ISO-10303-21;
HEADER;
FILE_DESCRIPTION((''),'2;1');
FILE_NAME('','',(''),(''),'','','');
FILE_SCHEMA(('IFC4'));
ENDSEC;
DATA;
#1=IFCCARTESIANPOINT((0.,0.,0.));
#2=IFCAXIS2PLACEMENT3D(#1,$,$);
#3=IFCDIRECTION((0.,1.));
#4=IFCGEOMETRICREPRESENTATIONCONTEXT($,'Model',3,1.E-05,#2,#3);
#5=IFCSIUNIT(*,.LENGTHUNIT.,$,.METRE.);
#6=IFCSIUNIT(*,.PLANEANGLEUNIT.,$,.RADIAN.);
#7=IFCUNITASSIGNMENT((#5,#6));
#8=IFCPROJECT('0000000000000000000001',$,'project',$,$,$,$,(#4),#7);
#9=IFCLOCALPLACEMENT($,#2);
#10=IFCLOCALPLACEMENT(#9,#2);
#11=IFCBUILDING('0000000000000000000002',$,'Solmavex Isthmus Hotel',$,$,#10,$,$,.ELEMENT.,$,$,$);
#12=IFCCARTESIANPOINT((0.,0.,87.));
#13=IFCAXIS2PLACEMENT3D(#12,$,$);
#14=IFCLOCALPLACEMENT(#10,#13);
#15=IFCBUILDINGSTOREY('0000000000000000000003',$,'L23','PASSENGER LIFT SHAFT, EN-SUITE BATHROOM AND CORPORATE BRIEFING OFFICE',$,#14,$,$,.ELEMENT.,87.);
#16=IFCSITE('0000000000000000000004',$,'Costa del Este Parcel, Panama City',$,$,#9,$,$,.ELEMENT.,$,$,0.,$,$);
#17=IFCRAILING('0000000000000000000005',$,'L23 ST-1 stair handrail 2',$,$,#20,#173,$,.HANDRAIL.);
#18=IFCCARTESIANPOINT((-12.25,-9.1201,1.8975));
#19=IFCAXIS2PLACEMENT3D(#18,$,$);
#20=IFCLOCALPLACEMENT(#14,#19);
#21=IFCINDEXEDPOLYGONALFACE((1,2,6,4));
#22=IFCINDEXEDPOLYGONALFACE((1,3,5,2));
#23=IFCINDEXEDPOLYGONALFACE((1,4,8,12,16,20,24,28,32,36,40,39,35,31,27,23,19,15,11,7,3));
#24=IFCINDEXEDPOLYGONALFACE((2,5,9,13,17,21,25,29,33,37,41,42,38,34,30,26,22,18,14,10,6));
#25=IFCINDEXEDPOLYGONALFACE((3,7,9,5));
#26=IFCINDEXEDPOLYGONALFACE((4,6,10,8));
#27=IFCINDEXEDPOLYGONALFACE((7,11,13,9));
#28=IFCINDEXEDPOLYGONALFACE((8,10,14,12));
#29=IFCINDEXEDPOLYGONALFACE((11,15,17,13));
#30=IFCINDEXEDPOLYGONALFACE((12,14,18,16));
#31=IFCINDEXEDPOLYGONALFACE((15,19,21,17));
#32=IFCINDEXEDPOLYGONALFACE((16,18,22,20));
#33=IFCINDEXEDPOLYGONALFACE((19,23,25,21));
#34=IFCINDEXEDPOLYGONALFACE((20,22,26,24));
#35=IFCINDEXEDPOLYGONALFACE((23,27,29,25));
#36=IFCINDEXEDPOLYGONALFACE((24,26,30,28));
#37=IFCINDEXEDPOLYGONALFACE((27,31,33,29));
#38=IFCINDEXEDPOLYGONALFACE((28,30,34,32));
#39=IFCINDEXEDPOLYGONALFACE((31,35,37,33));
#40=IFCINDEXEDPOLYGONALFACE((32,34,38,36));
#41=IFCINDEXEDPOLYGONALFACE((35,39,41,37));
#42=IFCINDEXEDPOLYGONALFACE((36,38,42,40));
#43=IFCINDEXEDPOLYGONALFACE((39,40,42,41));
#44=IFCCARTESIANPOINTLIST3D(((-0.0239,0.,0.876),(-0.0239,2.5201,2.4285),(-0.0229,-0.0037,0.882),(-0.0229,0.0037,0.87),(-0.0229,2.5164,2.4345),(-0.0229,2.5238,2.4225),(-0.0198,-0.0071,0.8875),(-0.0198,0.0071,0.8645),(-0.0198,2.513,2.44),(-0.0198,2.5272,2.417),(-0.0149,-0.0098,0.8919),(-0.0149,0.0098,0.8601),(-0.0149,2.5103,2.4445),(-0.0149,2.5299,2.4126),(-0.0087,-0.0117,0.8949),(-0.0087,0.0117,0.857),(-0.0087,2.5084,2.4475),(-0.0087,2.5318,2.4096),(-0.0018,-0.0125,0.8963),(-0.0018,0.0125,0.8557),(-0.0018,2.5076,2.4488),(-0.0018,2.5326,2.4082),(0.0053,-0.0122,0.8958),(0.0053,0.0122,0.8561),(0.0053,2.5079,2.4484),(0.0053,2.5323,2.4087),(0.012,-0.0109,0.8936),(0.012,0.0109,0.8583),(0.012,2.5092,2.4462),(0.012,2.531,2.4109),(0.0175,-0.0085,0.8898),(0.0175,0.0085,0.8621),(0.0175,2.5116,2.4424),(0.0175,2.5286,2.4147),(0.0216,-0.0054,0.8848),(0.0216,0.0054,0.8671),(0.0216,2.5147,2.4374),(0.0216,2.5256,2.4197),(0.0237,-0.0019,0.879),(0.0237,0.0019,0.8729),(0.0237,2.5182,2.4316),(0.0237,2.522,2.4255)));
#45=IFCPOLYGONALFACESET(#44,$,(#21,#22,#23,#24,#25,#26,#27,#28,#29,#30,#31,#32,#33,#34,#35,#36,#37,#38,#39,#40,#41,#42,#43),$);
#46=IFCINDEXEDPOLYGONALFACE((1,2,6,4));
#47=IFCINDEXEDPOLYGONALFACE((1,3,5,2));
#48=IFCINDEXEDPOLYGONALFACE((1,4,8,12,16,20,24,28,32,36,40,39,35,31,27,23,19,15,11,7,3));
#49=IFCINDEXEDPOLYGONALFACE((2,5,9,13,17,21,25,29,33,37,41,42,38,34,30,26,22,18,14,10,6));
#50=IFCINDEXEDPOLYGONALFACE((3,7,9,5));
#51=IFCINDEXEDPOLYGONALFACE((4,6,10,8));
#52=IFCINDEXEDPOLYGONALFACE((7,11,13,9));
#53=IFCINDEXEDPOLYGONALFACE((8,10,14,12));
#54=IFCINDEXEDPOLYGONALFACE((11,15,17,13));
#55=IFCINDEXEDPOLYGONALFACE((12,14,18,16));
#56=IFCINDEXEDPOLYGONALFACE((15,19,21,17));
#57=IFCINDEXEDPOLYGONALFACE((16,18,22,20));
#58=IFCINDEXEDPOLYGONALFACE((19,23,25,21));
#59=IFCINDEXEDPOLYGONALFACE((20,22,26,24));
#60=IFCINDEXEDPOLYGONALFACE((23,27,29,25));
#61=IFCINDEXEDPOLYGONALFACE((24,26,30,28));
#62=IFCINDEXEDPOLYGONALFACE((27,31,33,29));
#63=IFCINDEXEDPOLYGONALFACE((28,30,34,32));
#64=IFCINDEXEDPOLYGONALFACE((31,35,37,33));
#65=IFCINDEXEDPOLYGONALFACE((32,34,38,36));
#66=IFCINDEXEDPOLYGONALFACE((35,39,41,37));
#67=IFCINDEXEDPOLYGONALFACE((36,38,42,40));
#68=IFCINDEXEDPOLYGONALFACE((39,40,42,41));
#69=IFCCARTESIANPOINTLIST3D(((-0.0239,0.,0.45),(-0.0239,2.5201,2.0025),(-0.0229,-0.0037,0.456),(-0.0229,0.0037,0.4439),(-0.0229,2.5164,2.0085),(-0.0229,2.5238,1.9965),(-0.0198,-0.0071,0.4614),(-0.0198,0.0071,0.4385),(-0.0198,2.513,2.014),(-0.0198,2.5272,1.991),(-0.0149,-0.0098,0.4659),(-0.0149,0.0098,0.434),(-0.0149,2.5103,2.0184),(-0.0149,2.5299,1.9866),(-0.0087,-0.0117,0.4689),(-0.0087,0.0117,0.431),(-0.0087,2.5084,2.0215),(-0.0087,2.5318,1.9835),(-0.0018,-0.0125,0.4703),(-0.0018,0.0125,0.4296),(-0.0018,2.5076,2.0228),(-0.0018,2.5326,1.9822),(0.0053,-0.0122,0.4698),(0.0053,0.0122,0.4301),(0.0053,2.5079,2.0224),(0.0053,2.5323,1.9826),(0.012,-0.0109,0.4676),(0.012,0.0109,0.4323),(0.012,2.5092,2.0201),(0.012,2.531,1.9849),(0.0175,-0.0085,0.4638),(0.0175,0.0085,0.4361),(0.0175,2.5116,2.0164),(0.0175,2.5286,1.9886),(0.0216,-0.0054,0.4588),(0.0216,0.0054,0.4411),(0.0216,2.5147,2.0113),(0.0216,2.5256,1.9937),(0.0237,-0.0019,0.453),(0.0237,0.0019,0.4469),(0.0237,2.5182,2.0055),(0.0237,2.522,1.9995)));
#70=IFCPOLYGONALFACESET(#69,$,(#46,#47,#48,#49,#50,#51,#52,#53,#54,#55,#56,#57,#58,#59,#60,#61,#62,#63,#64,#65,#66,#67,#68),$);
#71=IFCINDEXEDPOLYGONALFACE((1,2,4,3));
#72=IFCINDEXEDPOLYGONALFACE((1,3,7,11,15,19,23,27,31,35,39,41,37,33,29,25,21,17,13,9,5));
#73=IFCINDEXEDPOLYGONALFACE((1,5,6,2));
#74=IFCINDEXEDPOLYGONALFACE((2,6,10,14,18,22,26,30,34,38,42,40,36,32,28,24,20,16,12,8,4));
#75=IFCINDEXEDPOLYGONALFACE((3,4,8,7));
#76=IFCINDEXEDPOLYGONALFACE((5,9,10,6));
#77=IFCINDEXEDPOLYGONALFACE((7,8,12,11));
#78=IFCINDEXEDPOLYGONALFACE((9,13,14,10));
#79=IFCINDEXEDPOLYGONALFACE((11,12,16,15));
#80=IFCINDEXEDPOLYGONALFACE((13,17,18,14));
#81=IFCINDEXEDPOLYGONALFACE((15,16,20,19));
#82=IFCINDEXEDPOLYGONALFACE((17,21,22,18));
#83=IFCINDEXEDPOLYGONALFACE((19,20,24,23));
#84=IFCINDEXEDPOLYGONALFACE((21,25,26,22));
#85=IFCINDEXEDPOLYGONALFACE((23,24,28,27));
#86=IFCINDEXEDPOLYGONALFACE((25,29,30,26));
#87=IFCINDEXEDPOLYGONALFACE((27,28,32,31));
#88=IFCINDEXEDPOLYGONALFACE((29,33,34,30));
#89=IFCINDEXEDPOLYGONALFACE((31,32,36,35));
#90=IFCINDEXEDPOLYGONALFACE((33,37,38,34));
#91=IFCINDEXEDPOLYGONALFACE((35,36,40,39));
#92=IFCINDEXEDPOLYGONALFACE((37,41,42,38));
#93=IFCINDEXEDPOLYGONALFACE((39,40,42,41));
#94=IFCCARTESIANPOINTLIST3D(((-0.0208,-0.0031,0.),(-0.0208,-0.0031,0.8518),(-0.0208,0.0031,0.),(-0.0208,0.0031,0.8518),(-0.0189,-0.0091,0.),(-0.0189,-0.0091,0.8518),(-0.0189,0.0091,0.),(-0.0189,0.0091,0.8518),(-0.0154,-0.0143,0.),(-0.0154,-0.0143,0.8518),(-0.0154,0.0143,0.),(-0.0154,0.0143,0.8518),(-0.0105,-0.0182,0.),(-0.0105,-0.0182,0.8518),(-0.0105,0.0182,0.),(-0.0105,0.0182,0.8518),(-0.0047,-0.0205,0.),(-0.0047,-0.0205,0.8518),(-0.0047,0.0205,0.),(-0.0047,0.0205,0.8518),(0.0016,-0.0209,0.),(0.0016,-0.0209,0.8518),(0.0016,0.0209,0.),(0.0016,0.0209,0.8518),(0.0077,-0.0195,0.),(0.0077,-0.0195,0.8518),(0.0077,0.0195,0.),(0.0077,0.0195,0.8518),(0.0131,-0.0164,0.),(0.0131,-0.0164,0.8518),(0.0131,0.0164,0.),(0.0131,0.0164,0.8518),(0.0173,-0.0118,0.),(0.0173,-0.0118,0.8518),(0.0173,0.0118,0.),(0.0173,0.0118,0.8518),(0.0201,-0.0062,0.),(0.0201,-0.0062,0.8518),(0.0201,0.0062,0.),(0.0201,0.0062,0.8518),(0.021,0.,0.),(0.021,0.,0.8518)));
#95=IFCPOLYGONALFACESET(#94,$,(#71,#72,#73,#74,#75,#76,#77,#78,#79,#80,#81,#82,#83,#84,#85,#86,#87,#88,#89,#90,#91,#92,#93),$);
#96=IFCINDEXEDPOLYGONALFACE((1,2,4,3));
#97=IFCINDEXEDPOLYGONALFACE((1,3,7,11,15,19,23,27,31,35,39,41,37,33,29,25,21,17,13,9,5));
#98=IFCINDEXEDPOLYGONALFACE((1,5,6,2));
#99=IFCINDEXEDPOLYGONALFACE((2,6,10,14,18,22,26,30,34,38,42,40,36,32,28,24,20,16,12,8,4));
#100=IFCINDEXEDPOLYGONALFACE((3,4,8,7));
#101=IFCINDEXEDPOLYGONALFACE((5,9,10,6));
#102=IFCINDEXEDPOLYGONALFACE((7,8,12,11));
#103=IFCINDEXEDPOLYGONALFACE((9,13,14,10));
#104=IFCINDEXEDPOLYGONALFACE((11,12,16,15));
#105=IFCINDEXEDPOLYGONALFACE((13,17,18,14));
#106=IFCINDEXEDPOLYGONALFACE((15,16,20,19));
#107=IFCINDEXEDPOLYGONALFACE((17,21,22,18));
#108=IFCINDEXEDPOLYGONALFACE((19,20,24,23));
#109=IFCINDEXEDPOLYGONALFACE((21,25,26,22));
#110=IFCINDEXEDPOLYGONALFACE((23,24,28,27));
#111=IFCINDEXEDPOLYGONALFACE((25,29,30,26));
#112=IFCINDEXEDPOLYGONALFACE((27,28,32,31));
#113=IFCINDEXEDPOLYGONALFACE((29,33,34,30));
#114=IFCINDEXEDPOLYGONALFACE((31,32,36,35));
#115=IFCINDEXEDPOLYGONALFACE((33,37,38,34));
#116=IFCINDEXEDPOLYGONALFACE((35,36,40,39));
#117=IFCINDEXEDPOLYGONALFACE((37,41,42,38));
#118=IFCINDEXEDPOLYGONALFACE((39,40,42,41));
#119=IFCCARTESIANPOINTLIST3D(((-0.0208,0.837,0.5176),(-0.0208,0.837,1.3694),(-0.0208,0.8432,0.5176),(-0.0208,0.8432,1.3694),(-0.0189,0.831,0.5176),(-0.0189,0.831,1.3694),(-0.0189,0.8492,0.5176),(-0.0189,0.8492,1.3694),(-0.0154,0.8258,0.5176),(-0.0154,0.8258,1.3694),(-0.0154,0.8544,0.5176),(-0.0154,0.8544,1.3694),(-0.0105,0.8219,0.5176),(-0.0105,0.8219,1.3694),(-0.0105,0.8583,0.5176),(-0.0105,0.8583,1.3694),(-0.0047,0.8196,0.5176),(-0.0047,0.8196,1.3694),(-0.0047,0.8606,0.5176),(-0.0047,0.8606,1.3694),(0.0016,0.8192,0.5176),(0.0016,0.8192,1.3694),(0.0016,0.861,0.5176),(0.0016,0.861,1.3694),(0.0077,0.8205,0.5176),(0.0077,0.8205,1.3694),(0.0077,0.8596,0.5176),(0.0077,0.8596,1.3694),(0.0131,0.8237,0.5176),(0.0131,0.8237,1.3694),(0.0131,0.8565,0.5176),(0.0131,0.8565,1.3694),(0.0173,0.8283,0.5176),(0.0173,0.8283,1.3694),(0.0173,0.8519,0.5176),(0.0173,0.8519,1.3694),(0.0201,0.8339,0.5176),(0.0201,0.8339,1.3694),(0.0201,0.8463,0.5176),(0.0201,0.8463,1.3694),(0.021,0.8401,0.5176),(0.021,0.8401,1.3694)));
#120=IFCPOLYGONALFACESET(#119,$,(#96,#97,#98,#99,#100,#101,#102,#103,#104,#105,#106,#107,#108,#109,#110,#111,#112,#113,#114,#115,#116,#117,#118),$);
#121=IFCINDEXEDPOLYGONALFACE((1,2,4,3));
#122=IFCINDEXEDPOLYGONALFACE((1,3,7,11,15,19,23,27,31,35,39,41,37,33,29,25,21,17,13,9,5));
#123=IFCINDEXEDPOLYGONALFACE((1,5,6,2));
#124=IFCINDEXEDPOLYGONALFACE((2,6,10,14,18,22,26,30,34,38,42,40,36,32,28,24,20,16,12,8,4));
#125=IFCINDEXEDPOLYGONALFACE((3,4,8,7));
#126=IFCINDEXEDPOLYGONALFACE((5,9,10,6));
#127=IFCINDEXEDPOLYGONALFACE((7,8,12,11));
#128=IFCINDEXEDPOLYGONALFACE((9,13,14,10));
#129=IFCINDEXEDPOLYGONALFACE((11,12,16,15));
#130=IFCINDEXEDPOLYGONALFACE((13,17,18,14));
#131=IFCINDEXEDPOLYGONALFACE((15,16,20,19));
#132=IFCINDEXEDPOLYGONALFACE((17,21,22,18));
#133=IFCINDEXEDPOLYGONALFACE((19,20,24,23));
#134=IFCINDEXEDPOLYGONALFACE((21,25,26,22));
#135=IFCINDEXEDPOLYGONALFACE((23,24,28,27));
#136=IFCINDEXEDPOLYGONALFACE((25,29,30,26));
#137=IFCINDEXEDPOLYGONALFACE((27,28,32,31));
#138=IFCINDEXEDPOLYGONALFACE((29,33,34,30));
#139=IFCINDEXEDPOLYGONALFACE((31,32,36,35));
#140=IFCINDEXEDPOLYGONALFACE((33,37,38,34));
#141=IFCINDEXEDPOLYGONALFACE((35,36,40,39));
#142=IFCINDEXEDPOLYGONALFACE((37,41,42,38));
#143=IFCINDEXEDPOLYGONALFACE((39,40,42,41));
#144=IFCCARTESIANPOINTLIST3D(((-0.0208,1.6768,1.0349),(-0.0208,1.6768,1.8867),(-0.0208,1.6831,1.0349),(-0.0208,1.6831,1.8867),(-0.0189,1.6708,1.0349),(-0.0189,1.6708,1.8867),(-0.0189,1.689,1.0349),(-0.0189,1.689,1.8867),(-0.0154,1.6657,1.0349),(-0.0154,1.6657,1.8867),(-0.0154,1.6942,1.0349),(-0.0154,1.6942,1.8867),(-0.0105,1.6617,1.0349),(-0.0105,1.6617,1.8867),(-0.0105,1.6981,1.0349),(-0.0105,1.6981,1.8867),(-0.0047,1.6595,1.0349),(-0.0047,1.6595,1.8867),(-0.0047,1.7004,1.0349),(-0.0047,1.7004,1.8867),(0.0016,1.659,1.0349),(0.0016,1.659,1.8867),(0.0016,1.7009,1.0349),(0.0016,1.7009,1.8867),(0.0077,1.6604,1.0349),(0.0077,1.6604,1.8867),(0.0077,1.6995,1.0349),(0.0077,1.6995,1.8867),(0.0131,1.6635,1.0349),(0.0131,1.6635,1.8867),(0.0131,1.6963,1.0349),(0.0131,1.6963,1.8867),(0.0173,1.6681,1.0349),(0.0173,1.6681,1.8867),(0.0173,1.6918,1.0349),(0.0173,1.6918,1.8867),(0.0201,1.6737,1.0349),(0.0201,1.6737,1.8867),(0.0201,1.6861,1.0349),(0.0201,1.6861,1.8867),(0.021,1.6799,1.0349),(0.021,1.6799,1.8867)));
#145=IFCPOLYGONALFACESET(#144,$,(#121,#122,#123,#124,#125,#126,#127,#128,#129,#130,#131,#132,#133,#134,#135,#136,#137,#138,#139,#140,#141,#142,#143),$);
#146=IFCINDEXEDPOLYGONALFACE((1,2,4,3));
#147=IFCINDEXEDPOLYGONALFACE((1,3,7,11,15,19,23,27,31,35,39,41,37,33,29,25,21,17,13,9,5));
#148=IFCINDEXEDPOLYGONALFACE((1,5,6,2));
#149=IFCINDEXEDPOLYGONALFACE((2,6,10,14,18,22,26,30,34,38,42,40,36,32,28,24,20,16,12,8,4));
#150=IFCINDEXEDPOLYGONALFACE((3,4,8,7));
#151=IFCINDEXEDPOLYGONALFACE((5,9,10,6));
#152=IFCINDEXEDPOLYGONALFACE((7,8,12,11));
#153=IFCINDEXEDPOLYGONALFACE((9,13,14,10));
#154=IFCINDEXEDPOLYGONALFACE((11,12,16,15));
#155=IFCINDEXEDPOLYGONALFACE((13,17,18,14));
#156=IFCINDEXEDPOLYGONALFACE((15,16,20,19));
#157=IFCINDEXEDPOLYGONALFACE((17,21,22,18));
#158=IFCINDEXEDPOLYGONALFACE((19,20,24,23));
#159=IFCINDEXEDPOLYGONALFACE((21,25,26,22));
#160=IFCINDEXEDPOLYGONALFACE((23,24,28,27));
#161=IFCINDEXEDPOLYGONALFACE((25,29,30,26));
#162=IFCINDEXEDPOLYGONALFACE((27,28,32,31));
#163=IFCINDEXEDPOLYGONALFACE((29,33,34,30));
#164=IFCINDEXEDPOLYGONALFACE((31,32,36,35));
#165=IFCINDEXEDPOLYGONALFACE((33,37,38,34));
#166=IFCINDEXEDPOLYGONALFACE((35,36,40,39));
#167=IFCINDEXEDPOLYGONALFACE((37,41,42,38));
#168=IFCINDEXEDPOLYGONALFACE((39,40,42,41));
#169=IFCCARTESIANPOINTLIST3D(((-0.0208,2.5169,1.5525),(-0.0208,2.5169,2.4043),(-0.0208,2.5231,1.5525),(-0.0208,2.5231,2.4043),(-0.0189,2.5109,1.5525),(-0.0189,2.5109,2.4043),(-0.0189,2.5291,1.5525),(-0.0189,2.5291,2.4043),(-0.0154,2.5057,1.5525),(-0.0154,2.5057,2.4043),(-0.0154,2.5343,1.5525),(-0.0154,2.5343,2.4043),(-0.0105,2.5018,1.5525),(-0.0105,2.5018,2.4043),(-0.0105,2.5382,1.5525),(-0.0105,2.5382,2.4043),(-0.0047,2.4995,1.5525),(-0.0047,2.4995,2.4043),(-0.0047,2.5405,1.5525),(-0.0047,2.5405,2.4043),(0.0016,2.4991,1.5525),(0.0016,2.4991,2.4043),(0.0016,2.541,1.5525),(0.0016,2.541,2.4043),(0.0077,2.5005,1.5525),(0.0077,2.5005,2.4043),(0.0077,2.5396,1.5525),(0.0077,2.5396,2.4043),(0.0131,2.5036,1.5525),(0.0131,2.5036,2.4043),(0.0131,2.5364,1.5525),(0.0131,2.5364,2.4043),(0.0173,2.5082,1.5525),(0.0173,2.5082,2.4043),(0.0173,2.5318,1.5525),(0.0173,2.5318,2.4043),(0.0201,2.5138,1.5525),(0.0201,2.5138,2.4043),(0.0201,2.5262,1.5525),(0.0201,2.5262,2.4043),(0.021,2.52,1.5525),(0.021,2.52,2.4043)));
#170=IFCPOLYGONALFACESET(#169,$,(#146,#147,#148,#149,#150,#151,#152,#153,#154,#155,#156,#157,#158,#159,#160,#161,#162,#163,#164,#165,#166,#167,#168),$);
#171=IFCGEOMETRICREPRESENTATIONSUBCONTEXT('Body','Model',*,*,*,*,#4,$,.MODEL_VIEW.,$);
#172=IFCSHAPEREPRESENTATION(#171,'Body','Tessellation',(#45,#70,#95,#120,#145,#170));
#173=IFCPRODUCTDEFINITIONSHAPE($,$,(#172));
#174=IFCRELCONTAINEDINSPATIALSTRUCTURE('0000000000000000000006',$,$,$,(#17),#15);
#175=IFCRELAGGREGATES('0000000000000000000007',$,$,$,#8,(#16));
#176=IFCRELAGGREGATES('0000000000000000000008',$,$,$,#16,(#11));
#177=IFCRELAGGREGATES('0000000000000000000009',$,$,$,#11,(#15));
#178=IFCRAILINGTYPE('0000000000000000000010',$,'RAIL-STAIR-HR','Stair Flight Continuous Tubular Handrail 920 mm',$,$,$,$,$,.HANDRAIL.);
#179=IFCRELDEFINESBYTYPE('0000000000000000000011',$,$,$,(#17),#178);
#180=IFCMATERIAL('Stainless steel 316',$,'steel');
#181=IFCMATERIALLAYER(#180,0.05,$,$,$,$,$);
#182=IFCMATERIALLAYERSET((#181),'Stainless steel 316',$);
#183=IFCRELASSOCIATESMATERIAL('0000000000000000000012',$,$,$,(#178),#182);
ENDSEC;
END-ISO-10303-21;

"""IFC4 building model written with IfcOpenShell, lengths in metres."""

from ifc_helpers import new_model, si_unit, direction, frame, origin, origin_2d, place, context, subcontext, project, spatial, circle, extrude, material, layer, layer_set, type_object, element, save


model = new_model("IFC4")

# Units and contexts
model_context = context("Model", 3, precision=1e-05, world=origin(), true_north=direction((0.0, 1.0)))
body_context = subcontext(model_context, "Body", "Model", "MODEL_VIEW")
ifc_project = project(units=[si_unit("LENGTHUNIT", "METRE"), si_unit("PLANEANGLEUNIT", "RADIAN")], contexts=[model_context])

# Site, building, storey
site_placement = place(None, origin())
site = spatial("IfcSite", under=ifc_project, at=site_placement, Name="Costa del Este Parcel, Panama City", CompositionType="ELEMENT", RefElevation=0.0)
building_placement = place(site_placement, origin())
building = spatial("IfcBuilding", under=site, at=building_placement, Name="Solmavex Isthmus Hotel", CompositionType="ELEMENT")
storey_placement = place(building_placement, frame((0.0, 0.0, 87.0)))
storey = spatial("IfcBuildingStorey", under=building, at=storey_placement, Name="L23", Description="PASSENGER LIFT SHAFT, EN-SUITE BATHROOM AND CORPORATE BRIEFING OFFICE", CompositionType="ELEMENT", Elevation=87.0)

# Shared definitions
ifc_material_1 = material(Name="Stainless steel 316", Category="steel")

# Railing
ifc_layer_1 = layer(ifc_material_1, 0.05)
ifc_layer_set_1 = layer_set([ifc_layer_1], Name="Stainless steel 316")
railing_type = type_object("IfcRailingType", Name="RAIL-STAIR-HR", Description="Stair Flight Continuous Tubular Handrail 920 mm", PredefinedType="HANDRAIL", material=ifc_layer_set_1)
railing_placement = place(storey_placement, frame((-12.25, -9.1201, 1.8975)))
element("IfcRailing", 1, at=railing_placement, inside=storey, type_object=railing_type, Name="L23 ST-1 stair handrail 2", PredefinedType="HANDRAIL", context=body_context, shape_type="SweptSolid", body=[
    extrude(circle(Radius=0.0239, at=origin_2d()), frame((0.0, 0.0, 0.876), z_axis=(0.0, 0.8514, 0.524516), x_axis=(-1.0, 0.0, 0.0)), (0.0, 0.0, 1.0), 2.96),
    extrude(circle(Radius=0.0239, at=origin_2d()), frame((0.0, 0.0, 0.45), z_axis=(0.0, 0.8514, 0.524516), x_axis=(-1.0, 0.0, 0.0)), (0.0, 0.0, 1.0), 2.96),
    extrude(circle(Radius=0.021, at=origin_2d()), origin(), (0.0, 0.0, 1.0), 0.8518),
    extrude(circle(Radius=0.021, at=origin_2d()), frame((0.0, 0.8401, 0.5176)), (0.0, 0.0, 1.0), 0.8518),
    extrude(circle(Radius=0.021, at=origin_2d()), frame((0.0, 1.6799, 1.0349)), (0.0, 0.0, 1.0), 0.8518),
    extrude(circle(Radius=0.021, at=origin_2d()), frame((0.0, 2.52, 1.5525)), (0.0, 0.0, 1.0), 0.8518),
])

save(model, "model.ifc")
